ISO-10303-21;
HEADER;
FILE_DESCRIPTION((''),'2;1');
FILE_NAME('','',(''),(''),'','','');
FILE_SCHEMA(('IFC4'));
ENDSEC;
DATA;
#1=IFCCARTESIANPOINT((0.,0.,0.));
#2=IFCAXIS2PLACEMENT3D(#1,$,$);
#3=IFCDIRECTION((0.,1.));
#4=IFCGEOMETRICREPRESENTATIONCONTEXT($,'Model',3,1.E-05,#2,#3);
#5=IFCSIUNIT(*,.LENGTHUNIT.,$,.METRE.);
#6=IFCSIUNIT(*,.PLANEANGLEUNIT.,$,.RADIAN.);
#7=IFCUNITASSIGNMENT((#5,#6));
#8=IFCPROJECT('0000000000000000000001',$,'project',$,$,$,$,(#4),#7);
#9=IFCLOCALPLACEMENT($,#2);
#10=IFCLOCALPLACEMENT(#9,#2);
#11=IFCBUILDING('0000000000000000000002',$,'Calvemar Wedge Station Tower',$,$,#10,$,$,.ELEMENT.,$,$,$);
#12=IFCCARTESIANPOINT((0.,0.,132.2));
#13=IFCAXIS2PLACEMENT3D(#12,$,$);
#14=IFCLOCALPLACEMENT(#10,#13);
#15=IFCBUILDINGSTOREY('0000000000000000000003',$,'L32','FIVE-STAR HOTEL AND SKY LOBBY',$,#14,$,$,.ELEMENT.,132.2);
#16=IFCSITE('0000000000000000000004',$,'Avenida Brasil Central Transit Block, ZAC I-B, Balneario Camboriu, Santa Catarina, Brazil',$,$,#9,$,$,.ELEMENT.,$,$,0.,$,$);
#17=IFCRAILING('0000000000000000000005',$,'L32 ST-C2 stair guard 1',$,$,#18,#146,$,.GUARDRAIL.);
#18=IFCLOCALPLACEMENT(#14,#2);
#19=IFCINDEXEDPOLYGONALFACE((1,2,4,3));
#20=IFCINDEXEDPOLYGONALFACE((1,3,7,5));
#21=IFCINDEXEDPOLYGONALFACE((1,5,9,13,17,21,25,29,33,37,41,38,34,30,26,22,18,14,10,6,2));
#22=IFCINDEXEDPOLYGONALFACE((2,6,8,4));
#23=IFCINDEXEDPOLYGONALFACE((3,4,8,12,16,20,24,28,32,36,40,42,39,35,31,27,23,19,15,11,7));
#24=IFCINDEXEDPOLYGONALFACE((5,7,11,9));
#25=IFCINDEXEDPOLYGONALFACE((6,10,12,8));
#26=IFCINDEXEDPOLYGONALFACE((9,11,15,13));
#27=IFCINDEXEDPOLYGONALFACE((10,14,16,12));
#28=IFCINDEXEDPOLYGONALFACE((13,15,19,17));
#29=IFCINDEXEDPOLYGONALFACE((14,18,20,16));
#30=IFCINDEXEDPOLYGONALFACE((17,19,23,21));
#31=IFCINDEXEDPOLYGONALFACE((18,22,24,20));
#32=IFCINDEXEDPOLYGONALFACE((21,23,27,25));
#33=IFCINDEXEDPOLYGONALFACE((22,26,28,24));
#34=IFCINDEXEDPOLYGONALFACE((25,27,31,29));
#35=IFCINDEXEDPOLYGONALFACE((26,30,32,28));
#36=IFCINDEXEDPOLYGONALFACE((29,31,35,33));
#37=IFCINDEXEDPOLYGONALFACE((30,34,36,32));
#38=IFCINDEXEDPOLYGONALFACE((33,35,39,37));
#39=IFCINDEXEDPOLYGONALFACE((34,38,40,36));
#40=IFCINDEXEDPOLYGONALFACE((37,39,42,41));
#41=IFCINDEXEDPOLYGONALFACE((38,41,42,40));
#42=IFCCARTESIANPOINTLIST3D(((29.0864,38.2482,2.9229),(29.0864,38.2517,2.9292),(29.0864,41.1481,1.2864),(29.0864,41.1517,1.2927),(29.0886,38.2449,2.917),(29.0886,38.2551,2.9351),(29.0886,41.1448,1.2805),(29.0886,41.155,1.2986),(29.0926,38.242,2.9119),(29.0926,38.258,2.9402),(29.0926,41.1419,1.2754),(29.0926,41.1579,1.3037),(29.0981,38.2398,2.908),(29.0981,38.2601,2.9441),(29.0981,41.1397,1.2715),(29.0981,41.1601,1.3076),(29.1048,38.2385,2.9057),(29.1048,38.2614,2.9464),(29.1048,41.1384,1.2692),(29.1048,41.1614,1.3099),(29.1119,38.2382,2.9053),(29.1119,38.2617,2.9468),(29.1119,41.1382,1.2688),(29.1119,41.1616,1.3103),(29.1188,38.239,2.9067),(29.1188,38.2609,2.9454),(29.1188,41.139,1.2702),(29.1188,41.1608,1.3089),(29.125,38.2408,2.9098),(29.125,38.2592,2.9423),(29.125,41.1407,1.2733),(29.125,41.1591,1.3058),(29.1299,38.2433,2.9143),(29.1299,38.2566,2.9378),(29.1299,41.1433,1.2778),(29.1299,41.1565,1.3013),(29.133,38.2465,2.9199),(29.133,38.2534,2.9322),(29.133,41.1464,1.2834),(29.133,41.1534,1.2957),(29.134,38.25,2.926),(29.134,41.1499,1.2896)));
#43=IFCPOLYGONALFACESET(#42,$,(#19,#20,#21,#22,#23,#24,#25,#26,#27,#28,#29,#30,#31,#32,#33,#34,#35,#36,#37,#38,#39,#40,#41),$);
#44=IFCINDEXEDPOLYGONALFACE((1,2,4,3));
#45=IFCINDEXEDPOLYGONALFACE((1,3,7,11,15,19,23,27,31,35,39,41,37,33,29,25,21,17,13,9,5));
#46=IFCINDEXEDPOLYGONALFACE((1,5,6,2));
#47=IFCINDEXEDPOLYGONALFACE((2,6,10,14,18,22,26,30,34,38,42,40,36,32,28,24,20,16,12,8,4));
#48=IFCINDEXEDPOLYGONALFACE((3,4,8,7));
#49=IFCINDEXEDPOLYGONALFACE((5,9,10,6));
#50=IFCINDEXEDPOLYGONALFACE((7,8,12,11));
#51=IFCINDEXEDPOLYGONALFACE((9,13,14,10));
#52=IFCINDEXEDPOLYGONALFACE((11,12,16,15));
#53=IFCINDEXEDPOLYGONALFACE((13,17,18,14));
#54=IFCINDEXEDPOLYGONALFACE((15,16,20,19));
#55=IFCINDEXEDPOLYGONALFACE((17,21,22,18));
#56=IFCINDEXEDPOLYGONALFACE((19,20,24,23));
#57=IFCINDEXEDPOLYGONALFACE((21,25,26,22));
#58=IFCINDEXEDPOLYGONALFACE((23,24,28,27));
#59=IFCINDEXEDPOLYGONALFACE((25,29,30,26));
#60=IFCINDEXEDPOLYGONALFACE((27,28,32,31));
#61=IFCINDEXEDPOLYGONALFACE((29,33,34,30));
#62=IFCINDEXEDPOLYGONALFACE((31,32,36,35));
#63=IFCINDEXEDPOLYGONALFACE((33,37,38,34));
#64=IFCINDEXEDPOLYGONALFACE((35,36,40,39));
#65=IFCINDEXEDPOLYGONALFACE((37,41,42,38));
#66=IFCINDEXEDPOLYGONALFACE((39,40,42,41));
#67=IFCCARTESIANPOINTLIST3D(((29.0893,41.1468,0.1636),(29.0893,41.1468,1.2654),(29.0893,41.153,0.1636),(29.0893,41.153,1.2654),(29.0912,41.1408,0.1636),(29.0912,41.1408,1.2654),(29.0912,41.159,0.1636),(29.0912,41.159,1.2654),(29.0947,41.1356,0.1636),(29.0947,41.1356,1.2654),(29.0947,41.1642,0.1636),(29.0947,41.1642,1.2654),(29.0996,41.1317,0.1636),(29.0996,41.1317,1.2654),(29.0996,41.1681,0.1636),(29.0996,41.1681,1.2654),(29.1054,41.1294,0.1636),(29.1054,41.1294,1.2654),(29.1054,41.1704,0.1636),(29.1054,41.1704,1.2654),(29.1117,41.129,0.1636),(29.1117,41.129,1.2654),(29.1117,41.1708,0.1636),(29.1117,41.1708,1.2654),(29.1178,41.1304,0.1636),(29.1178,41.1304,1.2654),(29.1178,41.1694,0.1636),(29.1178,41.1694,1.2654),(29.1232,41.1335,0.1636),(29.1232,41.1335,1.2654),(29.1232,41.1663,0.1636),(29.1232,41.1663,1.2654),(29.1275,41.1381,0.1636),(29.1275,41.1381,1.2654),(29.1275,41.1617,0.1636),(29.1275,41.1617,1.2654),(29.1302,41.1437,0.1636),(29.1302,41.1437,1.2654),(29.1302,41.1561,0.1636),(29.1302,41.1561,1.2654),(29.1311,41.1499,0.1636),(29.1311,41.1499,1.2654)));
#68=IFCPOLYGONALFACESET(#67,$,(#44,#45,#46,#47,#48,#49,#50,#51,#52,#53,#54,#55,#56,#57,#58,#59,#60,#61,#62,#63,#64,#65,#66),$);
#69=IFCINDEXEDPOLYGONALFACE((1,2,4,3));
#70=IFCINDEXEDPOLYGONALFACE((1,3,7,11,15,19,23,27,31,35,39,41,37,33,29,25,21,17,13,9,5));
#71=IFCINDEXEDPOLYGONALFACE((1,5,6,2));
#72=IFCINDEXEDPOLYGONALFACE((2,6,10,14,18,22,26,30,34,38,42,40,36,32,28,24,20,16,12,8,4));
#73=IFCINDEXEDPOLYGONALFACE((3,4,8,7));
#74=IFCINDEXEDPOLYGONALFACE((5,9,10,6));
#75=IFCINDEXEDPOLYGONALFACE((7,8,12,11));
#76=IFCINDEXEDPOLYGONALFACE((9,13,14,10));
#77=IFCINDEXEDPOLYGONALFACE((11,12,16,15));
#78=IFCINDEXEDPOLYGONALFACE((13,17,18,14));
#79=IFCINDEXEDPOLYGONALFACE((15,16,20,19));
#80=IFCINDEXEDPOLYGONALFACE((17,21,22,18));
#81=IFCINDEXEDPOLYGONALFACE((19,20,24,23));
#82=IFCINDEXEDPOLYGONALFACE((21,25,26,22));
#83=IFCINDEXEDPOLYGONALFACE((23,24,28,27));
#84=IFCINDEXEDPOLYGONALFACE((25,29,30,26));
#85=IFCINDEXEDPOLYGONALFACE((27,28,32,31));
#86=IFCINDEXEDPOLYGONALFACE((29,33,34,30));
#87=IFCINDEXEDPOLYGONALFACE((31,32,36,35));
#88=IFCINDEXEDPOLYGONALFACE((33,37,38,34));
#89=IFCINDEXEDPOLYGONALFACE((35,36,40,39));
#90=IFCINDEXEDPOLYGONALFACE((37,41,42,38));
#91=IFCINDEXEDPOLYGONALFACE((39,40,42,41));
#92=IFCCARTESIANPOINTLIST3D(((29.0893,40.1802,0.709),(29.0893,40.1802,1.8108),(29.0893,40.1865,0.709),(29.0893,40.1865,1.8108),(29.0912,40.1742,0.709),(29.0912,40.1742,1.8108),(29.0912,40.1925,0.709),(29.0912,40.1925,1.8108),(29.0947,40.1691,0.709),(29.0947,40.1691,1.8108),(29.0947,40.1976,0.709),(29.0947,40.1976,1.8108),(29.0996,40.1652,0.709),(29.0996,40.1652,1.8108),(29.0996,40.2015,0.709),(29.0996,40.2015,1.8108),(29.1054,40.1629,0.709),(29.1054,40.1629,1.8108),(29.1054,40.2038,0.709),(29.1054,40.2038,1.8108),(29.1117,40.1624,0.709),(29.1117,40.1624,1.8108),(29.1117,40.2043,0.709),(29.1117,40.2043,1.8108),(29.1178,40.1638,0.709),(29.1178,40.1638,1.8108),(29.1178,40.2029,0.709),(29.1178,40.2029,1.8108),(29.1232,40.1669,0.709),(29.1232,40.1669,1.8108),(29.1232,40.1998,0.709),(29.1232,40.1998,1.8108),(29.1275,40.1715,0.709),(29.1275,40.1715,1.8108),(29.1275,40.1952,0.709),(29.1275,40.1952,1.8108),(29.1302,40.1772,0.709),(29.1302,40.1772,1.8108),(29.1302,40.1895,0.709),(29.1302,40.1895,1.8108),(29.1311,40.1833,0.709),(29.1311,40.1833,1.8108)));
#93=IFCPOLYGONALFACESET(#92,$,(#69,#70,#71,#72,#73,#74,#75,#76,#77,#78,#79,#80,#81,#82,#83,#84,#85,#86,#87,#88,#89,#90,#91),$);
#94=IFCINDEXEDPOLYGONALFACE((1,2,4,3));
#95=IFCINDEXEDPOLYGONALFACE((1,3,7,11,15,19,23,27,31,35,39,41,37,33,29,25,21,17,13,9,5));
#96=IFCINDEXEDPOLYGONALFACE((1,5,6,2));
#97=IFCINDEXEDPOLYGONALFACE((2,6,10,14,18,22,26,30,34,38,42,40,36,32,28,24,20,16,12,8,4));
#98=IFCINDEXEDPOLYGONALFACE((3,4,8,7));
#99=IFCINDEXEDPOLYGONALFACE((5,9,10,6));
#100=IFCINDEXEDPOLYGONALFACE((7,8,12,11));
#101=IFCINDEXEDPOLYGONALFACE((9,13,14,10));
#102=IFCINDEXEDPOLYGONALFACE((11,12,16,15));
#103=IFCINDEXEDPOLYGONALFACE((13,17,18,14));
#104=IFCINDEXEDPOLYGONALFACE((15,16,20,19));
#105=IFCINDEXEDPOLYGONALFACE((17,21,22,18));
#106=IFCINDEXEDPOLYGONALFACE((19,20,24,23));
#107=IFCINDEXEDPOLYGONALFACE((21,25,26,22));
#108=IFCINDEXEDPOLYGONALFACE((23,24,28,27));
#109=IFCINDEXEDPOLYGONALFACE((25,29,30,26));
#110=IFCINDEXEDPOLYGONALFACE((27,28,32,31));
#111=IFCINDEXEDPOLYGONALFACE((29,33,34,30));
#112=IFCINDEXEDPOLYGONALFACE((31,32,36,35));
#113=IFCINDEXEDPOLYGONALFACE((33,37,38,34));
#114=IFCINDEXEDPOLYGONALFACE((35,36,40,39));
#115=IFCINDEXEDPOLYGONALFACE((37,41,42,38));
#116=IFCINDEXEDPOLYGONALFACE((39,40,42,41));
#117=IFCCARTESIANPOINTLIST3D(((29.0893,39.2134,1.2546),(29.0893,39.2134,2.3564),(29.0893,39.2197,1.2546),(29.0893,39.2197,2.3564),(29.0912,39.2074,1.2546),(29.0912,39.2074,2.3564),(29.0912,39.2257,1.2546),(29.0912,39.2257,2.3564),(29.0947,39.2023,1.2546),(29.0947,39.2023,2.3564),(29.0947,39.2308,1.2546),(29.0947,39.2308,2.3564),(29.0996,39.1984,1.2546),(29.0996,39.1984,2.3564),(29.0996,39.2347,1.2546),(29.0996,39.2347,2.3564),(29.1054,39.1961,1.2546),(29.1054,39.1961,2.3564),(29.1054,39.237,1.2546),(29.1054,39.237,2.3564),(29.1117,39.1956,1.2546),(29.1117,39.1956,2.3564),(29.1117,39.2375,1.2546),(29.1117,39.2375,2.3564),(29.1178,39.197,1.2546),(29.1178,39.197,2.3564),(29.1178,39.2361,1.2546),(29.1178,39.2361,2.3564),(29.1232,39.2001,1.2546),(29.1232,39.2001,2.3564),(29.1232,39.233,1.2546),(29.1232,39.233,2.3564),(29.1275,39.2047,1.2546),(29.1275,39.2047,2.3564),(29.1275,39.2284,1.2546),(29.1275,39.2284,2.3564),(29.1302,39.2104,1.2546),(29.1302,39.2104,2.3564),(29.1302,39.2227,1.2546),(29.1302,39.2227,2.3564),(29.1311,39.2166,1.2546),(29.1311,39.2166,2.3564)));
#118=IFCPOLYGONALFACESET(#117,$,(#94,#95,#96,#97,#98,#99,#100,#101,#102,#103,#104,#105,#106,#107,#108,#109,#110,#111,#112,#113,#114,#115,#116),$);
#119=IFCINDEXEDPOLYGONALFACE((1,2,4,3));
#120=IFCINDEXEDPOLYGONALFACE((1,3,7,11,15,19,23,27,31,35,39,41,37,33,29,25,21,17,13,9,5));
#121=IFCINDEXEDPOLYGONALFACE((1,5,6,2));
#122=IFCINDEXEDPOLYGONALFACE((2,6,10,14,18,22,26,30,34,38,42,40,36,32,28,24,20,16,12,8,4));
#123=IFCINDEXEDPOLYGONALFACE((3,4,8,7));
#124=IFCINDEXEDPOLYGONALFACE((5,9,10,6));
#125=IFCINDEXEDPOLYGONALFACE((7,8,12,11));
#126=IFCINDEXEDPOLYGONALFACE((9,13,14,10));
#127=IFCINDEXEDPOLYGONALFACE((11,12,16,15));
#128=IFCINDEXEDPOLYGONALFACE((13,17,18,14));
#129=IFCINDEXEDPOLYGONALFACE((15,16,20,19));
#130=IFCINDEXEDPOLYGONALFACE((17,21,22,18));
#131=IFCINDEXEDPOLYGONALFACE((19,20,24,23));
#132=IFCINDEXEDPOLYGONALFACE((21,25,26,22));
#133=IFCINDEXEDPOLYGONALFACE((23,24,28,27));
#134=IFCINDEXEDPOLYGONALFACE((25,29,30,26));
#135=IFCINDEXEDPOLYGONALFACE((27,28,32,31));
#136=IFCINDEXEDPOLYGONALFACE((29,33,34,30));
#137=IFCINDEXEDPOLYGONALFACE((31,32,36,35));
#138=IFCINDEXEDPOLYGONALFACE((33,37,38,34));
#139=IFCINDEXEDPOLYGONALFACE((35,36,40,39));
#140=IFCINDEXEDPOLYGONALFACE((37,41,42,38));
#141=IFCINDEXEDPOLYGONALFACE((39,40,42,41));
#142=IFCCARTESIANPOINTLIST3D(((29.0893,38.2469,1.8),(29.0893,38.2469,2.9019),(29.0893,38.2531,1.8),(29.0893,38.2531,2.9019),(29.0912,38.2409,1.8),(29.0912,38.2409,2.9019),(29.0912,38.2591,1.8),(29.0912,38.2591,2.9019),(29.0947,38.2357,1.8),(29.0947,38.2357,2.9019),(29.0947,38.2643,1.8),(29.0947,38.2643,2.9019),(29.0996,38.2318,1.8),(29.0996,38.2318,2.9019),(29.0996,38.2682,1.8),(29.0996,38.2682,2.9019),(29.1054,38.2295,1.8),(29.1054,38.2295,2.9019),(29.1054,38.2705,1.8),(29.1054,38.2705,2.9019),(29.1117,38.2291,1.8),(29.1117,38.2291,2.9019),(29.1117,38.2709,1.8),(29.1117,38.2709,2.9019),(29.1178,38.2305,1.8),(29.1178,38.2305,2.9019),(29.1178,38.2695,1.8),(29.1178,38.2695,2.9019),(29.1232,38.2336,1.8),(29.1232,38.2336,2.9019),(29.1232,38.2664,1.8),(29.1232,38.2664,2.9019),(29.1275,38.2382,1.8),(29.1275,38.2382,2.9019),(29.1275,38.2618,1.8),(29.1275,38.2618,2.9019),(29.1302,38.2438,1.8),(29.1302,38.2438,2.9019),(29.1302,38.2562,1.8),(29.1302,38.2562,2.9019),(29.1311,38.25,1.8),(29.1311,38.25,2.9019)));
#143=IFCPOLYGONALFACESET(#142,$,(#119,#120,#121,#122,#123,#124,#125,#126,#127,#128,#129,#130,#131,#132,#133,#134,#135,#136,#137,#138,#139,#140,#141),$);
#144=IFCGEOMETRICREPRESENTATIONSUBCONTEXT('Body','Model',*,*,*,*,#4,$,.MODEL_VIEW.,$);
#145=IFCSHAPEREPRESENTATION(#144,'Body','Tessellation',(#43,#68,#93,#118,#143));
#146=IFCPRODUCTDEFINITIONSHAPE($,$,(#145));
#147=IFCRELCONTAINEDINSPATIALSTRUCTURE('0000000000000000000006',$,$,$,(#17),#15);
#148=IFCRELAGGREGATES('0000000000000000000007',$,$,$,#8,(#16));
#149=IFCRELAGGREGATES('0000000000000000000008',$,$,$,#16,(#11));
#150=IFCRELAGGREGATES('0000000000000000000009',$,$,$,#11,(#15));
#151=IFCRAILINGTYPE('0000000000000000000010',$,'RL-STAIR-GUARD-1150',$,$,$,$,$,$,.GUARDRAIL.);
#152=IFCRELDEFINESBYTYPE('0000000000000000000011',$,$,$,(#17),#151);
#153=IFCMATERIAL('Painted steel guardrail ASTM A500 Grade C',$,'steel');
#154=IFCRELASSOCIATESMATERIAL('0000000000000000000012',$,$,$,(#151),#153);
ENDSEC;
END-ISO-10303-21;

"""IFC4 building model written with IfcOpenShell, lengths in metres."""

from ifc_helpers import new_model, si_unit, direction, frame, origin, origin_2d, place, context, subcontext, project, spatial, circle, extrude, material, type_object, element, save


model = new_model("IFC4")

# Units and contexts
model_context = context("Model", 3, precision=1e-05, world=origin(), true_north=direction((0.0, 1.0)))
body_context = subcontext(model_context, "Body", "Model", "MODEL_VIEW")
ifc_project = project(units=[si_unit("LENGTHUNIT", "METRE"), si_unit("PLANEANGLEUNIT", "RADIAN")], contexts=[model_context])

# Site, building, storey
site_placement = place(None, origin())
site = spatial("IfcSite", under=ifc_project, at=site_placement, Name="Avenida Brasil Central Transit Block, ZAC I-B, Balneario Camboriu, Santa Catarina, Brazil", CompositionType="ELEMENT", RefElevation=0.0)
building_placement = place(site_placement, origin())
building = spatial("IfcBuilding", under=site, at=building_placement, Name="Calvemar Wedge Station Tower", CompositionType="ELEMENT")
storey_placement = place(building_placement, frame((0.0, 0.0, 132.2)))
storey = spatial("IfcBuildingStorey", under=building, at=storey_placement, Name="L32", Description="FIVE-STAR HOTEL AND SKY LOBBY", CompositionType="ELEMENT", Elevation=132.2)

# Railing
ifc_material_1 = material(Name="Painted steel guardrail ASTM A500 Grade C", Category="steel")
railing_type_1 = type_object("IfcRailingType", Name="RL-STAIR-GUARD-1150", PredefinedType="GUARDRAIL", material=ifc_material_1)
railing_1_placement = place(storey_placement, frame((29.1101, 41.1499, 0.1636)))
element("IfcRailing", 1, at=railing_1_placement, inside=storey, type_object=railing_type_1, Name="L32 ST-C2 stair guard 1", PredefinedType="GUARDRAIL", context=body_context, shape_type="SweptSolid", body=[
    extrude(circle(Radius=0.0239, at=origin_2d()), frame((0.0, 0.0, 1.126), z_axis=(0.0, -0.870897, 0.491465), x_axis=(1.0, 0.0, 0.0)), (0.0, 0.0, 1.0), 3.3298),
    extrude(circle(Radius=0.021, at=origin_2d()), origin(), (0.0, 0.0, 1.0), 1.1018),
    extrude(circle(Radius=0.021, at=origin_2d()), frame((0.0, -0.9666, 0.5454)), (0.0, 0.0, 1.0), 1.1018),
    extrude(circle(Radius=0.021, at=origin_2d()), frame((0.0, -1.9333, 1.0911)), (0.0, 0.0, 1.0), 1.1018),
    extrude(circle(Radius=0.021, at=origin_2d()), frame((0.0, -2.8999, 1.6365)), (0.0, 0.0, 1.0), 1.1018),
])

save(model, "model.ifc")
